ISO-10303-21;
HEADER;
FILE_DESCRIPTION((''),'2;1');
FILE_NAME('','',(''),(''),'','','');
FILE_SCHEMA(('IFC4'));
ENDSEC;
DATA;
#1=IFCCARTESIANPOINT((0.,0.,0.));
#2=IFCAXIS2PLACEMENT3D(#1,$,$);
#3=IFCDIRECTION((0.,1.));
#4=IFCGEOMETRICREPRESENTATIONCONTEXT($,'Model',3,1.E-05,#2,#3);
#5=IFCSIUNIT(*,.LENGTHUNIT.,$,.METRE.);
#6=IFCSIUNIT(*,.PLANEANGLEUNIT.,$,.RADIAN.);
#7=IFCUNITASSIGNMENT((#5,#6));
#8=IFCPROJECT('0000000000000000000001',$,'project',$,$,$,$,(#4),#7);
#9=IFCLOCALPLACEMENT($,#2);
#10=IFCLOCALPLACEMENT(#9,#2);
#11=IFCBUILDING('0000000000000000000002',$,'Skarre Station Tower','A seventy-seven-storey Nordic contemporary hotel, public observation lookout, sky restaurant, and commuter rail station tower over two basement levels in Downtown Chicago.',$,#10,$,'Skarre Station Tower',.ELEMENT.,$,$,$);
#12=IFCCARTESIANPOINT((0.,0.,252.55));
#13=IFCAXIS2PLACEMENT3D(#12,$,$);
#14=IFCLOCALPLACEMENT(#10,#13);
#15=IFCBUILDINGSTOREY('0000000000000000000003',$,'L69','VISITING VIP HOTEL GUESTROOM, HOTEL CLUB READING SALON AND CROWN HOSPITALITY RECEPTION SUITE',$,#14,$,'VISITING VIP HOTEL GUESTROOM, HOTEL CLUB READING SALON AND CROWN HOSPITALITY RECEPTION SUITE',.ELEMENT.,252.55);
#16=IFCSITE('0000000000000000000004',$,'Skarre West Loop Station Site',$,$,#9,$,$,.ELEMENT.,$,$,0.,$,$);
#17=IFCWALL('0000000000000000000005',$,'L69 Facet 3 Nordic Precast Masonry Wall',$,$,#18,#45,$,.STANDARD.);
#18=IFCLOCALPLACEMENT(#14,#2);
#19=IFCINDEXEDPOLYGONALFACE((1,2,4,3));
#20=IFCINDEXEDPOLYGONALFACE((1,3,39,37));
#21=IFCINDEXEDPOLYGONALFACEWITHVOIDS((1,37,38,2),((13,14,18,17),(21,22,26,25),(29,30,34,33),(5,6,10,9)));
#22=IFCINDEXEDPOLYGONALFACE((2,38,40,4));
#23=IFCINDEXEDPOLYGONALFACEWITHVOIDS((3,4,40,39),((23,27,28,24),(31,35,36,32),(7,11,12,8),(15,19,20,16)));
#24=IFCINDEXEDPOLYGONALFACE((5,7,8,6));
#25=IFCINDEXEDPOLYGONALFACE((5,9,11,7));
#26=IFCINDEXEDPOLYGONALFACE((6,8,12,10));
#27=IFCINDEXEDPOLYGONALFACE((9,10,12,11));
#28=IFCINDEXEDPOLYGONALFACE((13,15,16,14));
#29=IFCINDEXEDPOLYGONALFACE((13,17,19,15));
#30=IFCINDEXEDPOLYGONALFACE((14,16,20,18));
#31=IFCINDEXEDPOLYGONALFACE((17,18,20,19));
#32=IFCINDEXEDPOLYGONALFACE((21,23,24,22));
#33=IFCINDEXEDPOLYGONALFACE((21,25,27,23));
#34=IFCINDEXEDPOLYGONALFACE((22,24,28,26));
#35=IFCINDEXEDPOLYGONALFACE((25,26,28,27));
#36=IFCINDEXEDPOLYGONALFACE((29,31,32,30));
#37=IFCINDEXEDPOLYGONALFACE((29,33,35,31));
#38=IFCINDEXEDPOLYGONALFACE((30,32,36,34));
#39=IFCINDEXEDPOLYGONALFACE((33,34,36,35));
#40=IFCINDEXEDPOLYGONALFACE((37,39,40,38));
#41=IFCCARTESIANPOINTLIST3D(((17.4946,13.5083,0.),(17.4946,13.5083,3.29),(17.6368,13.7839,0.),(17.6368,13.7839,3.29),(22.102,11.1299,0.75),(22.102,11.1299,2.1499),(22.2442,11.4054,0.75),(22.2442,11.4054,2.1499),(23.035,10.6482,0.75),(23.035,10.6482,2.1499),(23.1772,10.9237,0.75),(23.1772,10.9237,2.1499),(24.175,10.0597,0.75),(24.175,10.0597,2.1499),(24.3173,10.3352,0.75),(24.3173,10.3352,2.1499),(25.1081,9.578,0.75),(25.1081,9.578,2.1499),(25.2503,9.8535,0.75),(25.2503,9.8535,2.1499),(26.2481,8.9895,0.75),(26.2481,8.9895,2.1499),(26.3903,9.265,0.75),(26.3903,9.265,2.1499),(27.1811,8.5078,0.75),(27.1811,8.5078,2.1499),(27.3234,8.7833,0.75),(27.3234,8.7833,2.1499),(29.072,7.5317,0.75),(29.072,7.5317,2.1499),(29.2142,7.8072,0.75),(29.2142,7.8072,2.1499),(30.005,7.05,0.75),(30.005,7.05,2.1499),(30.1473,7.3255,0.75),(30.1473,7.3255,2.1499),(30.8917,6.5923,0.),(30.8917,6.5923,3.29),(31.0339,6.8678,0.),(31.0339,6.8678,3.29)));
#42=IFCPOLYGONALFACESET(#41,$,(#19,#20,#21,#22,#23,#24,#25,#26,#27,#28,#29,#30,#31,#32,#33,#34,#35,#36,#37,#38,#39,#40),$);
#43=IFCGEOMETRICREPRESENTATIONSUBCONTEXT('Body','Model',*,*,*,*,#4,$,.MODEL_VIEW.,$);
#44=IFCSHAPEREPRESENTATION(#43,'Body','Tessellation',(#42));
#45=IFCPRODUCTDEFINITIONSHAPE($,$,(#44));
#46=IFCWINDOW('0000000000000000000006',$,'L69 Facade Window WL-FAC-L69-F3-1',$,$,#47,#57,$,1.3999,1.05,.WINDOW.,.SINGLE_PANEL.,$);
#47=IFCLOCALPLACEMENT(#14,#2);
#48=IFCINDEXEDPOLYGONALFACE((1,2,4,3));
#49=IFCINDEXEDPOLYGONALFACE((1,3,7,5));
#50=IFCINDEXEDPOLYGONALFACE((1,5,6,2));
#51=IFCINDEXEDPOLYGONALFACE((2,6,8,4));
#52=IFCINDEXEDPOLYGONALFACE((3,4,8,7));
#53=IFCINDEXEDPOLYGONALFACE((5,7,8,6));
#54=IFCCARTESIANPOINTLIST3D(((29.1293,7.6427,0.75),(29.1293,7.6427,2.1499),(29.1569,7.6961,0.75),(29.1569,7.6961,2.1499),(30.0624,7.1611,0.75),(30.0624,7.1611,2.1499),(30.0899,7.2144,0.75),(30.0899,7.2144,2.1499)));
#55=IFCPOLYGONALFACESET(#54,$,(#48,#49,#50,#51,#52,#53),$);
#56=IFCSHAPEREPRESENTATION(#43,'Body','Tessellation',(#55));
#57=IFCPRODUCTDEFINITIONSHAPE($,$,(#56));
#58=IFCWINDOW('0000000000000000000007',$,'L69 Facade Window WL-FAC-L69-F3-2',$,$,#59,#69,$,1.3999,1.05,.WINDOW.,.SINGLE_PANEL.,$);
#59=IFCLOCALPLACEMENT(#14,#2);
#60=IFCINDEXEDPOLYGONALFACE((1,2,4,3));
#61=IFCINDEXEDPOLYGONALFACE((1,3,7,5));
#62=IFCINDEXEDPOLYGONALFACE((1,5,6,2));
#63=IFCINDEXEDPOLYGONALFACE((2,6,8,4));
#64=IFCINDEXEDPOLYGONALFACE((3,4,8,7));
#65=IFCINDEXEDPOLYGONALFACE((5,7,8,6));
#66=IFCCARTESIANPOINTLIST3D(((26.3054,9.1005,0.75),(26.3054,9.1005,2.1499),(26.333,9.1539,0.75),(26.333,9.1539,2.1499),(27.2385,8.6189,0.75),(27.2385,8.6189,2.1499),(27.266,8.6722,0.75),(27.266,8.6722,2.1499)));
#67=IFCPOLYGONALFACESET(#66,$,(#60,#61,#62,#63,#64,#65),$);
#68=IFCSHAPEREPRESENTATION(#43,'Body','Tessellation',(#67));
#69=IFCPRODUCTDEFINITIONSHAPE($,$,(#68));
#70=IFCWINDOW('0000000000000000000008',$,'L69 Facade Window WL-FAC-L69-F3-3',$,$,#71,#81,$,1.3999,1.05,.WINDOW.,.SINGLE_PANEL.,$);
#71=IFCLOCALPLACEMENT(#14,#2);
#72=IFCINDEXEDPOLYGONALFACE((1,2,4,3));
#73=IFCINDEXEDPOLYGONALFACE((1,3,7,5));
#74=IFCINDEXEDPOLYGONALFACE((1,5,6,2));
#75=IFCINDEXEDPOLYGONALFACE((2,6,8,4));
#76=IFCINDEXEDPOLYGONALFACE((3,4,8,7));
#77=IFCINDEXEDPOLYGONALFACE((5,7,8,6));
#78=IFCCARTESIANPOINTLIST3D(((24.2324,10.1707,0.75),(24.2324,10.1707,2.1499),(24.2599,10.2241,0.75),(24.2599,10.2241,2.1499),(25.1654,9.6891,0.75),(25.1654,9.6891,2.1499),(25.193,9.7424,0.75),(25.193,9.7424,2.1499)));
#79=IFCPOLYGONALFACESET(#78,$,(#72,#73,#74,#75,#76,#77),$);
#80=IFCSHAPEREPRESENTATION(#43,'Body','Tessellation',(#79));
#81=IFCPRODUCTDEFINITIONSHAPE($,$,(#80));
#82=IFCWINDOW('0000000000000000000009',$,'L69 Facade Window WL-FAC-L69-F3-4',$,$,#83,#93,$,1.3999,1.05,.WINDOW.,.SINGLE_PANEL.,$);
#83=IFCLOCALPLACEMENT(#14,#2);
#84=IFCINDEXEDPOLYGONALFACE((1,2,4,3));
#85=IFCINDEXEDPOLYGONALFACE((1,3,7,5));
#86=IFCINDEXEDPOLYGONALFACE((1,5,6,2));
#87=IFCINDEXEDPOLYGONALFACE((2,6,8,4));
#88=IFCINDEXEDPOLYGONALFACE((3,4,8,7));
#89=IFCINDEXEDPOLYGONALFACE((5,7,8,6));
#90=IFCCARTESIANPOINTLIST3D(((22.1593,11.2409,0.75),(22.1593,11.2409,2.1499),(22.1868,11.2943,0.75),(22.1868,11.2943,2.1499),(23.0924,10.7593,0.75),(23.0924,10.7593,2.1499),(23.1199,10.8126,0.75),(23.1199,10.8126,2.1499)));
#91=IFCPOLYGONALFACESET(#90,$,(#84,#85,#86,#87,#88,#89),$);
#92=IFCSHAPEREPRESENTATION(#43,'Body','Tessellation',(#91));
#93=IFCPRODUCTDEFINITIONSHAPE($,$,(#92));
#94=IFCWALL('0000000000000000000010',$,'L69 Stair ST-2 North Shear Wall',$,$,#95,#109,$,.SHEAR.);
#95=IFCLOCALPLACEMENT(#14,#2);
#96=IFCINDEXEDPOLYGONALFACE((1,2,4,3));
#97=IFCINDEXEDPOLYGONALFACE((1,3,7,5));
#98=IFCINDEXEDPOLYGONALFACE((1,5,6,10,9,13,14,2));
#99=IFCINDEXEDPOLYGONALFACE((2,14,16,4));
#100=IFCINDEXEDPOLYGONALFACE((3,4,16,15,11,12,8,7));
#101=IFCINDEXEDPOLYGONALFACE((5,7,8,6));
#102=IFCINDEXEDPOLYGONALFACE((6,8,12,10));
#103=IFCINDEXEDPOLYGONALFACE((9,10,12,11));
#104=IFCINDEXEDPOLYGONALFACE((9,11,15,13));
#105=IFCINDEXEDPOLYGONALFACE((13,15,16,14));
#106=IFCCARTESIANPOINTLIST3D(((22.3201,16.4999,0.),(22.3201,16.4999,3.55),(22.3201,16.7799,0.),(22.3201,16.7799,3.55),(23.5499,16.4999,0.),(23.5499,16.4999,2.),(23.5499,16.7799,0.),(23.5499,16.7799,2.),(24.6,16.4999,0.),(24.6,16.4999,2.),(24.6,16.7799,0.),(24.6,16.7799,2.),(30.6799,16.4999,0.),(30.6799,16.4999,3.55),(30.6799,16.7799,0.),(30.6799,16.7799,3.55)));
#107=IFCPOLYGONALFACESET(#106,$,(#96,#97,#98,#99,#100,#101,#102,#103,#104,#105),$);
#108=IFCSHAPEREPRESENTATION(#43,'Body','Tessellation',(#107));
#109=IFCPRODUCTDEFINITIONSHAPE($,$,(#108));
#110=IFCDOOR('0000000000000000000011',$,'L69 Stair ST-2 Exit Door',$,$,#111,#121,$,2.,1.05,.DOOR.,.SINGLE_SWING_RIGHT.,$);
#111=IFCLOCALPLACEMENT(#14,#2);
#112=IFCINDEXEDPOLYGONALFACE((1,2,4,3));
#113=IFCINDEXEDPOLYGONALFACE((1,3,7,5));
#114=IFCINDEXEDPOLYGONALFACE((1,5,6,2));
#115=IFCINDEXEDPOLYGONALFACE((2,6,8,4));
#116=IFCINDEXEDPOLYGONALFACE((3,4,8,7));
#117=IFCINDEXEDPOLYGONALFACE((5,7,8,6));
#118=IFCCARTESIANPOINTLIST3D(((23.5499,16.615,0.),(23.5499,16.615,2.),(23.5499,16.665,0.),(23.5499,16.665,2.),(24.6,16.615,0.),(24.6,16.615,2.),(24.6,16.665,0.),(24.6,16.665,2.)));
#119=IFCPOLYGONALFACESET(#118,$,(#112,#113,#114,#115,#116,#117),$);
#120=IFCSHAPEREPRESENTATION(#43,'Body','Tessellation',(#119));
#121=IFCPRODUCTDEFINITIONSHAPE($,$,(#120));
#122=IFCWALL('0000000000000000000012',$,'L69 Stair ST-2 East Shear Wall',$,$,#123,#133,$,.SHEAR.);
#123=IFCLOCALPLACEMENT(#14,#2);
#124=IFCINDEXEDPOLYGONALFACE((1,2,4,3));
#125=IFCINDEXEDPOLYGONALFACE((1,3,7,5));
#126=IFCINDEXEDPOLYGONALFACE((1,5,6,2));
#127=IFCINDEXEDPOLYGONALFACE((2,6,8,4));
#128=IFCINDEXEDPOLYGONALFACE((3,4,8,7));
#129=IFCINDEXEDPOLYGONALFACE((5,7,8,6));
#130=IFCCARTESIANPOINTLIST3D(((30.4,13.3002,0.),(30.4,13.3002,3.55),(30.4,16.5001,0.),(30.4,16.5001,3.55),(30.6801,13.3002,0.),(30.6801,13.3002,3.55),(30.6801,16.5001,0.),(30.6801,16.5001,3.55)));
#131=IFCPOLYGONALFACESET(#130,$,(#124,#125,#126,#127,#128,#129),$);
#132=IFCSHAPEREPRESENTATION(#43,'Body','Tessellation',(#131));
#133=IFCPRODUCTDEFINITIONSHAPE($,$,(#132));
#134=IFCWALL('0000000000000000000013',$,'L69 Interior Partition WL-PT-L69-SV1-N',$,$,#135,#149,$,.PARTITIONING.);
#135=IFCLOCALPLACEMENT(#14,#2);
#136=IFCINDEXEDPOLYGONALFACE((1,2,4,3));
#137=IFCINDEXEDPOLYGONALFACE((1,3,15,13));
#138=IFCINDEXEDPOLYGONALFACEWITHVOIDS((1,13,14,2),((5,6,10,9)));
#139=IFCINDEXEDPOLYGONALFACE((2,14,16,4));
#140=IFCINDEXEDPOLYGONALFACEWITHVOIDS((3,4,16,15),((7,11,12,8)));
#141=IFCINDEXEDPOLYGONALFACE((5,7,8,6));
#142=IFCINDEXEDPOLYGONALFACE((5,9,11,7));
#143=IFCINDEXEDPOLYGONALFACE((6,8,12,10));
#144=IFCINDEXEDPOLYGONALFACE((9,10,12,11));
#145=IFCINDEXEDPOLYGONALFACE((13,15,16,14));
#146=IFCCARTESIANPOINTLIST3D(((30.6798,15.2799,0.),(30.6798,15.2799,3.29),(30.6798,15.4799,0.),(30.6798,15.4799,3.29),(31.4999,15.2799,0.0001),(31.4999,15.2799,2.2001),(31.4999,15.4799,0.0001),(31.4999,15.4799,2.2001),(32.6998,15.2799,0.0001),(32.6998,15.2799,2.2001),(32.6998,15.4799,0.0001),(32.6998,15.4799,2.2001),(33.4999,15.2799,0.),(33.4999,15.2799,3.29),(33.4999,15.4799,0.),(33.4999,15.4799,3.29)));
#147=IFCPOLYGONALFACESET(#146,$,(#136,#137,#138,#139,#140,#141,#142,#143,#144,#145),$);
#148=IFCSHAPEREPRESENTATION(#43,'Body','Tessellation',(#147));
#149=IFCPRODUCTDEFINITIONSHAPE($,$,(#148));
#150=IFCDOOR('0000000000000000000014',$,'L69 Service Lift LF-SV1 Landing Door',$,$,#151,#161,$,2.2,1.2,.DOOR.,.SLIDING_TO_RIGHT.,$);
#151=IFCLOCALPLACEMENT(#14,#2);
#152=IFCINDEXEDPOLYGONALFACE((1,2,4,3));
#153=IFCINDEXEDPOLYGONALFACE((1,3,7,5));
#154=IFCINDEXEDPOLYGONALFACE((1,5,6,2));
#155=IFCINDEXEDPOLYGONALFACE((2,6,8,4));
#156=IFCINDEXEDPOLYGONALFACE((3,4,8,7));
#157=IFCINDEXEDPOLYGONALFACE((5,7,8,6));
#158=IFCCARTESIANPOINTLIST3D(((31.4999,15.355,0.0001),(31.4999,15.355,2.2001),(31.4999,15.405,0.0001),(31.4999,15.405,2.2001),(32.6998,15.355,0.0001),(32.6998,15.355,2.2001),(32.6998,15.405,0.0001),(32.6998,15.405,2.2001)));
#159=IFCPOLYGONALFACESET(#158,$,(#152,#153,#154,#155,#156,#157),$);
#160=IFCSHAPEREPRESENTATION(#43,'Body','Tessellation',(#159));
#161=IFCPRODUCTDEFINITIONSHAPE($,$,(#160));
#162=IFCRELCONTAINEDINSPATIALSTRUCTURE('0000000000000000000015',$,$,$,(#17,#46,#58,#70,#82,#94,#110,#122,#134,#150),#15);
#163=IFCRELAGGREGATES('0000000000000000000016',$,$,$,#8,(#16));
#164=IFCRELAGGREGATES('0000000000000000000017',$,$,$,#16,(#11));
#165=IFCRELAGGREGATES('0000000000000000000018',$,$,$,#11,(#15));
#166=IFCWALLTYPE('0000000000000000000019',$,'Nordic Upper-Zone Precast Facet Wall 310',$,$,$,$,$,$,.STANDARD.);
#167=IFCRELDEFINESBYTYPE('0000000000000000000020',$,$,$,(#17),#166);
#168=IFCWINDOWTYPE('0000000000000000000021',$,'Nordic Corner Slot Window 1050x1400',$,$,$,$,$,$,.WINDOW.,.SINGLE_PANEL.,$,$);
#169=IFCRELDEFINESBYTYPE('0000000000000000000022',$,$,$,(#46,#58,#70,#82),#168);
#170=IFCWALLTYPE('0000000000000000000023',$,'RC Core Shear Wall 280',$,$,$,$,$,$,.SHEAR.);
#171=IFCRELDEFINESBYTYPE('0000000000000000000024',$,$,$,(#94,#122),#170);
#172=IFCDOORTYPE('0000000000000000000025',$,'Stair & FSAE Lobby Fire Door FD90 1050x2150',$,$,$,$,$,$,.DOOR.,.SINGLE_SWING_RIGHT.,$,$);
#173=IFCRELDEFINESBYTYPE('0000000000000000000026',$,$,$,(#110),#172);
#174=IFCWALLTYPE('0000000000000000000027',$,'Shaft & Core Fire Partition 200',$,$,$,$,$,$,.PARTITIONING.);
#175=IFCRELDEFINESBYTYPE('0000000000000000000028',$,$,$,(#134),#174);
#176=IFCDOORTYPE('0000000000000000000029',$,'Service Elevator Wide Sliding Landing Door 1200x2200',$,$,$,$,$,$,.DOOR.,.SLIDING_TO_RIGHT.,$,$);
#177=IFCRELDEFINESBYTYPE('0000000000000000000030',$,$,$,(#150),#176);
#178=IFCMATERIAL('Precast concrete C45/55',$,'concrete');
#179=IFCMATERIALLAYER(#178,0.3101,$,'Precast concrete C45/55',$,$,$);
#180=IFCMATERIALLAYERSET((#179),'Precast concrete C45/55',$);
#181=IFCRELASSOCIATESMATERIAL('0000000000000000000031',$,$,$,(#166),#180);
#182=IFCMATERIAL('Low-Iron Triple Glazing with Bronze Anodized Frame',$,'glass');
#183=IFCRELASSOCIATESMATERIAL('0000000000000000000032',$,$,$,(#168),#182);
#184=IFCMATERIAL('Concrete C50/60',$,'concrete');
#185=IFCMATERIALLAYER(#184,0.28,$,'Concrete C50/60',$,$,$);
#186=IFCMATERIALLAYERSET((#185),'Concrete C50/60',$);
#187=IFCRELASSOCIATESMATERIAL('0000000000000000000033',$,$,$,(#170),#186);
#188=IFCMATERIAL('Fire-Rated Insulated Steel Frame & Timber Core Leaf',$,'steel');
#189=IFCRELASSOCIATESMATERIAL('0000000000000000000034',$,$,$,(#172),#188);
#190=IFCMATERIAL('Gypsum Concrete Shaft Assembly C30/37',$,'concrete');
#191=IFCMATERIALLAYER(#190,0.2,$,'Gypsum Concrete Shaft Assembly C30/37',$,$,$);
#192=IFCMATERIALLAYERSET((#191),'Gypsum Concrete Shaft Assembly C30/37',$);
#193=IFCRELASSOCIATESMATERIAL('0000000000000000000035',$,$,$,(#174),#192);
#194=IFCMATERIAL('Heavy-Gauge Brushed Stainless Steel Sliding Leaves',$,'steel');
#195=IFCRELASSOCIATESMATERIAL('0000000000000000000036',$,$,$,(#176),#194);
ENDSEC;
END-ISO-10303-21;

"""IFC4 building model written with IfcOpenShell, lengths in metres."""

from ifc_helpers import new_model, si_unit, direction, frame, frame_2d, origin, place, context, subcontext, project, spatial, rectangle, extrude, material, layer, layer_set, type_object, element, fill, save


model = new_model("IFC4")

# Units and contexts
model_context = context("Model", 3, precision=1e-05, world=origin(), true_north=direction((0.0, 1.0)))
body_context = subcontext(model_context, "Body", "Model", "MODEL_VIEW")
ifc_project = project(units=[si_unit("LENGTHUNIT", "METRE"), si_unit("PLANEANGLEUNIT", "RADIAN")], contexts=[model_context])

# Site, building, storey
site_placement = place(None, origin())
site = spatial("IfcSite", under=ifc_project, at=site_placement, Name="Skarre West Loop Station Site", CompositionType="ELEMENT", RefElevation=0.0)
building_placement = place(site_placement, origin())
building = spatial("IfcBuilding", under=site, at=building_placement, Name="Skarre Station Tower", Description="A seventy-seven-storey Nordic contemporary hotel, public observation lookout, sky restaurant, and commuter rail station tower over two basement levels in Downtown Chicago.", LongName="Skarre Station Tower", CompositionType="ELEMENT")
storey_placement = place(building_placement, frame((0.0, 0.0, 252.55)))
storey = spatial("IfcBuildingStorey", under=building, at=storey_placement, Name="L69", Description="VISITING VIP HOTEL GUESTROOM, HOTEL CLUB READING SALON AND CROWN HOSPITALITY RECEPTION SUITE", LongName="VISITING VIP HOTEL GUESTROOM, HOTEL CLUB READING SALON AND CROWN HOSPITALITY RECEPTION SUITE", CompositionType="ELEMENT", Elevation=252.55)

# Shared definitions
ifc_material_1 = material(Name="Concrete C50/60", Category="concrete")

# Shared definitions
ifc_material_2 = material(Name="Precast concrete C45/55", Category="concrete")

# Wall, openings, windows
ifc_layer_1 = layer(ifc_material_2, 0.3101, Name="Precast concrete C45/55")
ifc_layer_set_1 = layer_set([ifc_layer_1], Name="Precast concrete C45/55")
wall_type_1 = type_object("IfcWallType", Name="Nordic Upper-Zone Precast Facet Wall 310", PredefinedType="STANDARD", material=ifc_layer_set_1)
wall_1_placement = place(storey_placement, frame((30.9629, 6.73, 0.0), z_axis=(0.0, 0.0, 1.0), x_axis=(-0.888581, 0.458719, 0.0)))
wall_1 = element("IfcWall", 1, at=wall_1_placement, inside=storey, type_object=wall_type_1, Name="L69 Facet 3 Nordic Precast Masonry Wall", PredefinedType="STANDARD", context=body_context, shape_type="SweptSolid", body=[
    extrude(rectangle(XDim=15.0769, YDim=0.3101, at=frame_2d((7.5386, 0.0))), origin(), (0.0, 0.0, 1.0), 3.29),
])
opening_1_placement = place(wall_1_placement, frame((0.998, 0.0, 0.75)))
opening_1 = element("IfcOpeningElement", 2, at=opening_1_placement, cuts=wall_1, PredefinedType="OPENING", context=body_context, shape_type="SweptSolid", body=[
    extrude(rectangle(XDim=1.05, YDim=1.3999, at=frame_2d((0.5249, 0.7))), frame((0.0, 0.165, 0.0), z_axis=(0.0, -1.0, 0.0), x_axis=(1.0, 0.0, 0.0)), (0.0, 0.0, 1.0), 0.3301),
])
opening_2_placement = place(wall_1_placement, frame((4.176, 0.0, 0.75)))
opening_2 = element("IfcOpeningElement", 3, at=opening_2_placement, cuts=wall_1, PredefinedType="OPENING", context=body_context, shape_type="SweptSolid", body=[
    extrude(rectangle(XDim=1.05, YDim=1.3999, at=frame_2d((0.5249, 0.7))), frame((0.0, 0.165, 0.0), z_axis=(0.0, -1.0, 0.0), x_axis=(1.0, 0.0, 0.0)), (0.0, 0.0, 1.0), 0.3301),
])
opening_3_placement = place(wall_1_placement, frame((6.509, 0.0, 0.75)))
opening_3 = element("IfcOpeningElement", 4, at=opening_3_placement, cuts=wall_1, PredefinedType="OPENING", context=body_context, shape_type="SweptSolid", body=[
    extrude(rectangle(XDim=1.05, YDim=1.3999, at=frame_2d((0.5249, 0.7))), frame((0.0, 0.165, 0.0), z_axis=(0.0, -1.0, 0.0), x_axis=(1.0, 0.0, 0.0)), (0.0, 0.0, 1.0), 0.3301),
])
opening_4_placement = place(wall_1_placement, frame((8.842, 0.0, 0.75)))
opening_4 = element("IfcOpeningElement", 5, at=opening_4_placement, cuts=wall_1, PredefinedType="OPENING", context=body_context, shape_type="SweptSolid", body=[
    extrude(rectangle(XDim=1.05, YDim=1.3999, at=frame_2d((0.5249, 0.7))), frame((0.0, 0.165, 0.0), z_axis=(0.0, -1.0, 0.0), x_axis=(1.0, 0.0, 0.0)), (0.0, 0.0, 1.0), 0.3301),
])
ifc_material_3 = material(Name="Low-Iron Triple Glazing with Bronze Anodized Frame", Category="glass")
window_type = type_object("IfcWindowType", Name="Nordic Corner Slot Window 1050x1400", PartitioningType="SINGLE_PANEL", PredefinedType="WINDOW", material=ifc_material_3)
window_1_placement = place(opening_1_placement, origin())
window_1 = element("IfcWindow", 6, at=window_1_placement, inside=storey, type_object=window_type, Name="L69 Facade Window WL-FAC-L69-F3-1", OverallHeight=1.3999, OverallWidth=1.05, PartitioningType="SINGLE_PANEL", PredefinedType="WINDOW", context=body_context, shape_type="SweptSolid", body=[
    extrude(rectangle(XDim=1.05, YDim=1.3999, at=frame_2d((0.5249, 0.7))), frame((0.0, 0.03, 0.0), z_axis=(0.0, -1.0, 0.0), x_axis=(1.0, 0.0, 0.0)), (0.0, 0.0, 1.0), 0.0601),
])
fill(opening_1, window_1)
window_2_placement = place(opening_2_placement, origin())
window_2 = element("IfcWindow", 7, at=window_2_placement, inside=storey, type_object=window_type, Name="L69 Facade Window WL-FAC-L69-F3-2", OverallHeight=1.3999, OverallWidth=1.05, PartitioningType="SINGLE_PANEL", PredefinedType="WINDOW", context=body_context, shape_type="SweptSolid", body=[
    extrude(rectangle(XDim=1.05, YDim=1.3999, at=frame_2d((0.5249, 0.7))), frame((0.0, 0.03, 0.0), z_axis=(0.0, -1.0, 0.0), x_axis=(1.0, 0.0, 0.0)), (0.0, 0.0, 1.0), 0.0601),
])
fill(opening_2, window_2)
window_3_placement = place(opening_3_placement, origin())
window_3 = element("IfcWindow", 8, at=window_3_placement, inside=storey, type_object=window_type, Name="L69 Facade Window WL-FAC-L69-F3-3", OverallHeight=1.3999, OverallWidth=1.05, PartitioningType="SINGLE_PANEL", PredefinedType="WINDOW", context=body_context, shape_type="SweptSolid", body=[
    extrude(rectangle(XDim=1.05, YDim=1.3999, at=frame_2d((0.5249, 0.7))), frame((0.0, 0.03, 0.0), z_axis=(0.0, -1.0, 0.0), x_axis=(1.0, 0.0, 0.0)), (0.0, 0.0, 1.0), 0.0601),
])
fill(opening_3, window_3)
window_4_placement = place(opening_4_placement, origin())
window_4 = element("IfcWindow", 9, at=window_4_placement, inside=storey, type_object=window_type, Name="L69 Facade Window WL-FAC-L69-F3-4", OverallHeight=1.3999, OverallWidth=1.05, PartitioningType="SINGLE_PANEL", PredefinedType="WINDOW", context=body_context, shape_type="SweptSolid", body=[
    extrude(rectangle(XDim=1.05, YDim=1.3999, at=frame_2d((0.5249, 0.7))), frame((0.0, 0.03, 0.0), z_axis=(0.0, -1.0, 0.0), x_axis=(1.0, 0.0, 0.0)), (0.0, 0.0, 1.0), 0.0601),
])
fill(opening_4, window_4)

# Wall, opening, door
ifc_layer_2 = layer(ifc_material_1, 0.28, Name="Concrete C50/60")
ifc_layer_set_2 = layer_set([ifc_layer_2], Name="Concrete C50/60")
wall_type_2 = type_object("IfcWallType", Name="RC Core Shear Wall 280", PredefinedType="SHEAR", material=ifc_layer_set_2)
wall_2_placement = place(storey_placement, frame((30.6799, 16.6399, 0.0), z_axis=(0.0, 0.0, 1.0), x_axis=(-1.0, 0.0, 0.0)))
wall_2 = element("IfcWall", 10, at=wall_2_placement, inside=storey, type_object=wall_type_2, Name="L69 Stair ST-2 North Shear Wall", PredefinedType="SHEAR", context=body_context, shape_type="SweptSolid", body=[
    extrude(rectangle(XDim=8.3599, YDim=0.28, at=frame_2d((4.1799, 0.0))), origin(), (0.0, 0.0, 1.0), 3.55),
])
opening_5_placement = place(wall_2_placement, frame((6.0801, 0.0, 0.0)))
opening_5 = element("IfcOpeningElement", 11, at=opening_5_placement, cuts=wall_2, PredefinedType="OPENING", context=body_context, shape_type="SweptSolid", body=[
    extrude(rectangle(XDim=1.05, YDim=2.0, at=frame_2d((0.5249, 1.0))), frame((0.0, 0.1499, 0.0), z_axis=(0.0, -1.0, 0.0), x_axis=(1.0, 0.0, 0.0)), (0.0, 0.0, 1.0), 0.3),
])
ifc_material_4 = material(Name="Fire-Rated Insulated Steel Frame & Timber Core Leaf", Category="steel")
door_type_1 = type_object("IfcDoorType", Name="Stair & FSAE Lobby Fire Door FD90 1050x2150", OperationType="SINGLE_SWING_RIGHT", PredefinedType="DOOR", material=ifc_material_4)
door_1_placement = place(opening_5_placement, origin())
door_1 = element("IfcDoor", 12, at=door_1_placement, inside=storey, type_object=door_type_1, Name="L69 Stair ST-2 Exit Door", OperationType="SINGLE_SWING_RIGHT", OverallHeight=2.0, OverallWidth=1.05, PredefinedType="DOOR", context=body_context, shape_type="SweptSolid", body=[
    extrude(rectangle(XDim=1.05, YDim=2.0, at=frame_2d((0.5249, 1.0))), frame((0.0, 0.0249, 0.0), z_axis=(0.0, -1.0, 0.0), x_axis=(1.0, 0.0, 0.0)), (0.0, 0.0, 1.0), 0.05),
])
fill(opening_5, door_1)

# Wall
wall_3_placement = place(storey_placement, frame((30.54, 13.3, 0.0), z_axis=(0.0, 0.0, 1.0), x_axis=(0.0, 1.0, 0.0)))
element("IfcWall", 13, at=wall_3_placement, inside=storey, type_object=wall_type_2, Name="L69 Stair ST-2 East Shear Wall", PredefinedType="SHEAR", context=body_context, shape_type="SweptSolid", body=[
    extrude(rectangle(XDim=3.2, YDim=0.28, at=frame_2d((1.6001, 0.0))), origin(), (0.0, 0.0, 1.0), 3.55),
])

# Wall, opening, door
ifc_material_5 = material(Name="Gypsum Concrete Shaft Assembly C30/37", Category="concrete")
ifc_layer_3 = layer(ifc_material_5, 0.2, Name="Gypsum Concrete Shaft Assembly C30/37")
ifc_layer_set_3 = layer_set([ifc_layer_3], Name="Gypsum Concrete Shaft Assembly C30/37")
wall_type_3 = type_object("IfcWallType", Name="Shaft & Core Fire Partition 200", PredefinedType="PARTITIONING", material=ifc_layer_set_3)
wall_4_placement = place(storey_placement, frame((33.5, 15.3799, 0.0), z_axis=(0.0, 0.0, 1.0), x_axis=(-1.0, 0.0, 0.0)))
wall_4 = element("IfcWall", 14, at=wall_4_placement, inside=storey, type_object=wall_type_3, Name="L69 Interior Partition WL-PT-L69-SV1-N", PredefinedType="PARTITIONING", context=body_context, shape_type="SweptSolid", body=[
    extrude(rectangle(XDim=2.8201, YDim=0.2, at=frame_2d((1.4102, 0.0))), origin(), (0.0, 0.0, 1.0), 3.29),
])
opening_6_placement = place(wall_4_placement, frame((0.8, 0.0, 0.0)))
opening_6 = element("IfcOpeningElement", 15, at=opening_6_placement, cuts=wall_4, PredefinedType="OPENING", context=body_context, shape_type="SweptSolid", body=[
    extrude(rectangle(XDim=1.2, YDim=2.2, at=frame_2d((0.6001, 1.1001))), frame((0.0, 0.1099, 0.0), z_axis=(0.0, -1.0, 0.0), x_axis=(1.0, 0.0, 0.0)), (0.0, 0.0, 1.0), 0.22),
])
ifc_material_6 = material(Name="Heavy-Gauge Brushed Stainless Steel Sliding Leaves", Category="steel")
door_type_2 = type_object("IfcDoorType", Name="Service Elevator Wide Sliding Landing Door 1200x2200", OperationType="SLIDING_TO_RIGHT", PredefinedType="DOOR", material=ifc_material_6)
door_2_placement = place(opening_6_placement, origin())
door_2 = element("IfcDoor", 16, at=door_2_placement, inside=storey, type_object=door_type_2, Name="L69 Service Lift LF-SV1 Landing Door", OperationType="SLIDING_TO_RIGHT", OverallHeight=2.2, OverallWidth=1.2, PredefinedType="DOOR", context=body_context, shape_type="SweptSolid", body=[
    extrude(rectangle(XDim=1.2, YDim=2.2, at=frame_2d((0.6001, 1.1001))), frame((0.0, 0.0249, 0.0), z_axis=(0.0, -1.0, 0.0), x_axis=(1.0, 0.0, 0.0)), (0.0, 0.0, 1.0), 0.05),
])
fill(opening_6, door_2)

save(model, "model.ifc")
